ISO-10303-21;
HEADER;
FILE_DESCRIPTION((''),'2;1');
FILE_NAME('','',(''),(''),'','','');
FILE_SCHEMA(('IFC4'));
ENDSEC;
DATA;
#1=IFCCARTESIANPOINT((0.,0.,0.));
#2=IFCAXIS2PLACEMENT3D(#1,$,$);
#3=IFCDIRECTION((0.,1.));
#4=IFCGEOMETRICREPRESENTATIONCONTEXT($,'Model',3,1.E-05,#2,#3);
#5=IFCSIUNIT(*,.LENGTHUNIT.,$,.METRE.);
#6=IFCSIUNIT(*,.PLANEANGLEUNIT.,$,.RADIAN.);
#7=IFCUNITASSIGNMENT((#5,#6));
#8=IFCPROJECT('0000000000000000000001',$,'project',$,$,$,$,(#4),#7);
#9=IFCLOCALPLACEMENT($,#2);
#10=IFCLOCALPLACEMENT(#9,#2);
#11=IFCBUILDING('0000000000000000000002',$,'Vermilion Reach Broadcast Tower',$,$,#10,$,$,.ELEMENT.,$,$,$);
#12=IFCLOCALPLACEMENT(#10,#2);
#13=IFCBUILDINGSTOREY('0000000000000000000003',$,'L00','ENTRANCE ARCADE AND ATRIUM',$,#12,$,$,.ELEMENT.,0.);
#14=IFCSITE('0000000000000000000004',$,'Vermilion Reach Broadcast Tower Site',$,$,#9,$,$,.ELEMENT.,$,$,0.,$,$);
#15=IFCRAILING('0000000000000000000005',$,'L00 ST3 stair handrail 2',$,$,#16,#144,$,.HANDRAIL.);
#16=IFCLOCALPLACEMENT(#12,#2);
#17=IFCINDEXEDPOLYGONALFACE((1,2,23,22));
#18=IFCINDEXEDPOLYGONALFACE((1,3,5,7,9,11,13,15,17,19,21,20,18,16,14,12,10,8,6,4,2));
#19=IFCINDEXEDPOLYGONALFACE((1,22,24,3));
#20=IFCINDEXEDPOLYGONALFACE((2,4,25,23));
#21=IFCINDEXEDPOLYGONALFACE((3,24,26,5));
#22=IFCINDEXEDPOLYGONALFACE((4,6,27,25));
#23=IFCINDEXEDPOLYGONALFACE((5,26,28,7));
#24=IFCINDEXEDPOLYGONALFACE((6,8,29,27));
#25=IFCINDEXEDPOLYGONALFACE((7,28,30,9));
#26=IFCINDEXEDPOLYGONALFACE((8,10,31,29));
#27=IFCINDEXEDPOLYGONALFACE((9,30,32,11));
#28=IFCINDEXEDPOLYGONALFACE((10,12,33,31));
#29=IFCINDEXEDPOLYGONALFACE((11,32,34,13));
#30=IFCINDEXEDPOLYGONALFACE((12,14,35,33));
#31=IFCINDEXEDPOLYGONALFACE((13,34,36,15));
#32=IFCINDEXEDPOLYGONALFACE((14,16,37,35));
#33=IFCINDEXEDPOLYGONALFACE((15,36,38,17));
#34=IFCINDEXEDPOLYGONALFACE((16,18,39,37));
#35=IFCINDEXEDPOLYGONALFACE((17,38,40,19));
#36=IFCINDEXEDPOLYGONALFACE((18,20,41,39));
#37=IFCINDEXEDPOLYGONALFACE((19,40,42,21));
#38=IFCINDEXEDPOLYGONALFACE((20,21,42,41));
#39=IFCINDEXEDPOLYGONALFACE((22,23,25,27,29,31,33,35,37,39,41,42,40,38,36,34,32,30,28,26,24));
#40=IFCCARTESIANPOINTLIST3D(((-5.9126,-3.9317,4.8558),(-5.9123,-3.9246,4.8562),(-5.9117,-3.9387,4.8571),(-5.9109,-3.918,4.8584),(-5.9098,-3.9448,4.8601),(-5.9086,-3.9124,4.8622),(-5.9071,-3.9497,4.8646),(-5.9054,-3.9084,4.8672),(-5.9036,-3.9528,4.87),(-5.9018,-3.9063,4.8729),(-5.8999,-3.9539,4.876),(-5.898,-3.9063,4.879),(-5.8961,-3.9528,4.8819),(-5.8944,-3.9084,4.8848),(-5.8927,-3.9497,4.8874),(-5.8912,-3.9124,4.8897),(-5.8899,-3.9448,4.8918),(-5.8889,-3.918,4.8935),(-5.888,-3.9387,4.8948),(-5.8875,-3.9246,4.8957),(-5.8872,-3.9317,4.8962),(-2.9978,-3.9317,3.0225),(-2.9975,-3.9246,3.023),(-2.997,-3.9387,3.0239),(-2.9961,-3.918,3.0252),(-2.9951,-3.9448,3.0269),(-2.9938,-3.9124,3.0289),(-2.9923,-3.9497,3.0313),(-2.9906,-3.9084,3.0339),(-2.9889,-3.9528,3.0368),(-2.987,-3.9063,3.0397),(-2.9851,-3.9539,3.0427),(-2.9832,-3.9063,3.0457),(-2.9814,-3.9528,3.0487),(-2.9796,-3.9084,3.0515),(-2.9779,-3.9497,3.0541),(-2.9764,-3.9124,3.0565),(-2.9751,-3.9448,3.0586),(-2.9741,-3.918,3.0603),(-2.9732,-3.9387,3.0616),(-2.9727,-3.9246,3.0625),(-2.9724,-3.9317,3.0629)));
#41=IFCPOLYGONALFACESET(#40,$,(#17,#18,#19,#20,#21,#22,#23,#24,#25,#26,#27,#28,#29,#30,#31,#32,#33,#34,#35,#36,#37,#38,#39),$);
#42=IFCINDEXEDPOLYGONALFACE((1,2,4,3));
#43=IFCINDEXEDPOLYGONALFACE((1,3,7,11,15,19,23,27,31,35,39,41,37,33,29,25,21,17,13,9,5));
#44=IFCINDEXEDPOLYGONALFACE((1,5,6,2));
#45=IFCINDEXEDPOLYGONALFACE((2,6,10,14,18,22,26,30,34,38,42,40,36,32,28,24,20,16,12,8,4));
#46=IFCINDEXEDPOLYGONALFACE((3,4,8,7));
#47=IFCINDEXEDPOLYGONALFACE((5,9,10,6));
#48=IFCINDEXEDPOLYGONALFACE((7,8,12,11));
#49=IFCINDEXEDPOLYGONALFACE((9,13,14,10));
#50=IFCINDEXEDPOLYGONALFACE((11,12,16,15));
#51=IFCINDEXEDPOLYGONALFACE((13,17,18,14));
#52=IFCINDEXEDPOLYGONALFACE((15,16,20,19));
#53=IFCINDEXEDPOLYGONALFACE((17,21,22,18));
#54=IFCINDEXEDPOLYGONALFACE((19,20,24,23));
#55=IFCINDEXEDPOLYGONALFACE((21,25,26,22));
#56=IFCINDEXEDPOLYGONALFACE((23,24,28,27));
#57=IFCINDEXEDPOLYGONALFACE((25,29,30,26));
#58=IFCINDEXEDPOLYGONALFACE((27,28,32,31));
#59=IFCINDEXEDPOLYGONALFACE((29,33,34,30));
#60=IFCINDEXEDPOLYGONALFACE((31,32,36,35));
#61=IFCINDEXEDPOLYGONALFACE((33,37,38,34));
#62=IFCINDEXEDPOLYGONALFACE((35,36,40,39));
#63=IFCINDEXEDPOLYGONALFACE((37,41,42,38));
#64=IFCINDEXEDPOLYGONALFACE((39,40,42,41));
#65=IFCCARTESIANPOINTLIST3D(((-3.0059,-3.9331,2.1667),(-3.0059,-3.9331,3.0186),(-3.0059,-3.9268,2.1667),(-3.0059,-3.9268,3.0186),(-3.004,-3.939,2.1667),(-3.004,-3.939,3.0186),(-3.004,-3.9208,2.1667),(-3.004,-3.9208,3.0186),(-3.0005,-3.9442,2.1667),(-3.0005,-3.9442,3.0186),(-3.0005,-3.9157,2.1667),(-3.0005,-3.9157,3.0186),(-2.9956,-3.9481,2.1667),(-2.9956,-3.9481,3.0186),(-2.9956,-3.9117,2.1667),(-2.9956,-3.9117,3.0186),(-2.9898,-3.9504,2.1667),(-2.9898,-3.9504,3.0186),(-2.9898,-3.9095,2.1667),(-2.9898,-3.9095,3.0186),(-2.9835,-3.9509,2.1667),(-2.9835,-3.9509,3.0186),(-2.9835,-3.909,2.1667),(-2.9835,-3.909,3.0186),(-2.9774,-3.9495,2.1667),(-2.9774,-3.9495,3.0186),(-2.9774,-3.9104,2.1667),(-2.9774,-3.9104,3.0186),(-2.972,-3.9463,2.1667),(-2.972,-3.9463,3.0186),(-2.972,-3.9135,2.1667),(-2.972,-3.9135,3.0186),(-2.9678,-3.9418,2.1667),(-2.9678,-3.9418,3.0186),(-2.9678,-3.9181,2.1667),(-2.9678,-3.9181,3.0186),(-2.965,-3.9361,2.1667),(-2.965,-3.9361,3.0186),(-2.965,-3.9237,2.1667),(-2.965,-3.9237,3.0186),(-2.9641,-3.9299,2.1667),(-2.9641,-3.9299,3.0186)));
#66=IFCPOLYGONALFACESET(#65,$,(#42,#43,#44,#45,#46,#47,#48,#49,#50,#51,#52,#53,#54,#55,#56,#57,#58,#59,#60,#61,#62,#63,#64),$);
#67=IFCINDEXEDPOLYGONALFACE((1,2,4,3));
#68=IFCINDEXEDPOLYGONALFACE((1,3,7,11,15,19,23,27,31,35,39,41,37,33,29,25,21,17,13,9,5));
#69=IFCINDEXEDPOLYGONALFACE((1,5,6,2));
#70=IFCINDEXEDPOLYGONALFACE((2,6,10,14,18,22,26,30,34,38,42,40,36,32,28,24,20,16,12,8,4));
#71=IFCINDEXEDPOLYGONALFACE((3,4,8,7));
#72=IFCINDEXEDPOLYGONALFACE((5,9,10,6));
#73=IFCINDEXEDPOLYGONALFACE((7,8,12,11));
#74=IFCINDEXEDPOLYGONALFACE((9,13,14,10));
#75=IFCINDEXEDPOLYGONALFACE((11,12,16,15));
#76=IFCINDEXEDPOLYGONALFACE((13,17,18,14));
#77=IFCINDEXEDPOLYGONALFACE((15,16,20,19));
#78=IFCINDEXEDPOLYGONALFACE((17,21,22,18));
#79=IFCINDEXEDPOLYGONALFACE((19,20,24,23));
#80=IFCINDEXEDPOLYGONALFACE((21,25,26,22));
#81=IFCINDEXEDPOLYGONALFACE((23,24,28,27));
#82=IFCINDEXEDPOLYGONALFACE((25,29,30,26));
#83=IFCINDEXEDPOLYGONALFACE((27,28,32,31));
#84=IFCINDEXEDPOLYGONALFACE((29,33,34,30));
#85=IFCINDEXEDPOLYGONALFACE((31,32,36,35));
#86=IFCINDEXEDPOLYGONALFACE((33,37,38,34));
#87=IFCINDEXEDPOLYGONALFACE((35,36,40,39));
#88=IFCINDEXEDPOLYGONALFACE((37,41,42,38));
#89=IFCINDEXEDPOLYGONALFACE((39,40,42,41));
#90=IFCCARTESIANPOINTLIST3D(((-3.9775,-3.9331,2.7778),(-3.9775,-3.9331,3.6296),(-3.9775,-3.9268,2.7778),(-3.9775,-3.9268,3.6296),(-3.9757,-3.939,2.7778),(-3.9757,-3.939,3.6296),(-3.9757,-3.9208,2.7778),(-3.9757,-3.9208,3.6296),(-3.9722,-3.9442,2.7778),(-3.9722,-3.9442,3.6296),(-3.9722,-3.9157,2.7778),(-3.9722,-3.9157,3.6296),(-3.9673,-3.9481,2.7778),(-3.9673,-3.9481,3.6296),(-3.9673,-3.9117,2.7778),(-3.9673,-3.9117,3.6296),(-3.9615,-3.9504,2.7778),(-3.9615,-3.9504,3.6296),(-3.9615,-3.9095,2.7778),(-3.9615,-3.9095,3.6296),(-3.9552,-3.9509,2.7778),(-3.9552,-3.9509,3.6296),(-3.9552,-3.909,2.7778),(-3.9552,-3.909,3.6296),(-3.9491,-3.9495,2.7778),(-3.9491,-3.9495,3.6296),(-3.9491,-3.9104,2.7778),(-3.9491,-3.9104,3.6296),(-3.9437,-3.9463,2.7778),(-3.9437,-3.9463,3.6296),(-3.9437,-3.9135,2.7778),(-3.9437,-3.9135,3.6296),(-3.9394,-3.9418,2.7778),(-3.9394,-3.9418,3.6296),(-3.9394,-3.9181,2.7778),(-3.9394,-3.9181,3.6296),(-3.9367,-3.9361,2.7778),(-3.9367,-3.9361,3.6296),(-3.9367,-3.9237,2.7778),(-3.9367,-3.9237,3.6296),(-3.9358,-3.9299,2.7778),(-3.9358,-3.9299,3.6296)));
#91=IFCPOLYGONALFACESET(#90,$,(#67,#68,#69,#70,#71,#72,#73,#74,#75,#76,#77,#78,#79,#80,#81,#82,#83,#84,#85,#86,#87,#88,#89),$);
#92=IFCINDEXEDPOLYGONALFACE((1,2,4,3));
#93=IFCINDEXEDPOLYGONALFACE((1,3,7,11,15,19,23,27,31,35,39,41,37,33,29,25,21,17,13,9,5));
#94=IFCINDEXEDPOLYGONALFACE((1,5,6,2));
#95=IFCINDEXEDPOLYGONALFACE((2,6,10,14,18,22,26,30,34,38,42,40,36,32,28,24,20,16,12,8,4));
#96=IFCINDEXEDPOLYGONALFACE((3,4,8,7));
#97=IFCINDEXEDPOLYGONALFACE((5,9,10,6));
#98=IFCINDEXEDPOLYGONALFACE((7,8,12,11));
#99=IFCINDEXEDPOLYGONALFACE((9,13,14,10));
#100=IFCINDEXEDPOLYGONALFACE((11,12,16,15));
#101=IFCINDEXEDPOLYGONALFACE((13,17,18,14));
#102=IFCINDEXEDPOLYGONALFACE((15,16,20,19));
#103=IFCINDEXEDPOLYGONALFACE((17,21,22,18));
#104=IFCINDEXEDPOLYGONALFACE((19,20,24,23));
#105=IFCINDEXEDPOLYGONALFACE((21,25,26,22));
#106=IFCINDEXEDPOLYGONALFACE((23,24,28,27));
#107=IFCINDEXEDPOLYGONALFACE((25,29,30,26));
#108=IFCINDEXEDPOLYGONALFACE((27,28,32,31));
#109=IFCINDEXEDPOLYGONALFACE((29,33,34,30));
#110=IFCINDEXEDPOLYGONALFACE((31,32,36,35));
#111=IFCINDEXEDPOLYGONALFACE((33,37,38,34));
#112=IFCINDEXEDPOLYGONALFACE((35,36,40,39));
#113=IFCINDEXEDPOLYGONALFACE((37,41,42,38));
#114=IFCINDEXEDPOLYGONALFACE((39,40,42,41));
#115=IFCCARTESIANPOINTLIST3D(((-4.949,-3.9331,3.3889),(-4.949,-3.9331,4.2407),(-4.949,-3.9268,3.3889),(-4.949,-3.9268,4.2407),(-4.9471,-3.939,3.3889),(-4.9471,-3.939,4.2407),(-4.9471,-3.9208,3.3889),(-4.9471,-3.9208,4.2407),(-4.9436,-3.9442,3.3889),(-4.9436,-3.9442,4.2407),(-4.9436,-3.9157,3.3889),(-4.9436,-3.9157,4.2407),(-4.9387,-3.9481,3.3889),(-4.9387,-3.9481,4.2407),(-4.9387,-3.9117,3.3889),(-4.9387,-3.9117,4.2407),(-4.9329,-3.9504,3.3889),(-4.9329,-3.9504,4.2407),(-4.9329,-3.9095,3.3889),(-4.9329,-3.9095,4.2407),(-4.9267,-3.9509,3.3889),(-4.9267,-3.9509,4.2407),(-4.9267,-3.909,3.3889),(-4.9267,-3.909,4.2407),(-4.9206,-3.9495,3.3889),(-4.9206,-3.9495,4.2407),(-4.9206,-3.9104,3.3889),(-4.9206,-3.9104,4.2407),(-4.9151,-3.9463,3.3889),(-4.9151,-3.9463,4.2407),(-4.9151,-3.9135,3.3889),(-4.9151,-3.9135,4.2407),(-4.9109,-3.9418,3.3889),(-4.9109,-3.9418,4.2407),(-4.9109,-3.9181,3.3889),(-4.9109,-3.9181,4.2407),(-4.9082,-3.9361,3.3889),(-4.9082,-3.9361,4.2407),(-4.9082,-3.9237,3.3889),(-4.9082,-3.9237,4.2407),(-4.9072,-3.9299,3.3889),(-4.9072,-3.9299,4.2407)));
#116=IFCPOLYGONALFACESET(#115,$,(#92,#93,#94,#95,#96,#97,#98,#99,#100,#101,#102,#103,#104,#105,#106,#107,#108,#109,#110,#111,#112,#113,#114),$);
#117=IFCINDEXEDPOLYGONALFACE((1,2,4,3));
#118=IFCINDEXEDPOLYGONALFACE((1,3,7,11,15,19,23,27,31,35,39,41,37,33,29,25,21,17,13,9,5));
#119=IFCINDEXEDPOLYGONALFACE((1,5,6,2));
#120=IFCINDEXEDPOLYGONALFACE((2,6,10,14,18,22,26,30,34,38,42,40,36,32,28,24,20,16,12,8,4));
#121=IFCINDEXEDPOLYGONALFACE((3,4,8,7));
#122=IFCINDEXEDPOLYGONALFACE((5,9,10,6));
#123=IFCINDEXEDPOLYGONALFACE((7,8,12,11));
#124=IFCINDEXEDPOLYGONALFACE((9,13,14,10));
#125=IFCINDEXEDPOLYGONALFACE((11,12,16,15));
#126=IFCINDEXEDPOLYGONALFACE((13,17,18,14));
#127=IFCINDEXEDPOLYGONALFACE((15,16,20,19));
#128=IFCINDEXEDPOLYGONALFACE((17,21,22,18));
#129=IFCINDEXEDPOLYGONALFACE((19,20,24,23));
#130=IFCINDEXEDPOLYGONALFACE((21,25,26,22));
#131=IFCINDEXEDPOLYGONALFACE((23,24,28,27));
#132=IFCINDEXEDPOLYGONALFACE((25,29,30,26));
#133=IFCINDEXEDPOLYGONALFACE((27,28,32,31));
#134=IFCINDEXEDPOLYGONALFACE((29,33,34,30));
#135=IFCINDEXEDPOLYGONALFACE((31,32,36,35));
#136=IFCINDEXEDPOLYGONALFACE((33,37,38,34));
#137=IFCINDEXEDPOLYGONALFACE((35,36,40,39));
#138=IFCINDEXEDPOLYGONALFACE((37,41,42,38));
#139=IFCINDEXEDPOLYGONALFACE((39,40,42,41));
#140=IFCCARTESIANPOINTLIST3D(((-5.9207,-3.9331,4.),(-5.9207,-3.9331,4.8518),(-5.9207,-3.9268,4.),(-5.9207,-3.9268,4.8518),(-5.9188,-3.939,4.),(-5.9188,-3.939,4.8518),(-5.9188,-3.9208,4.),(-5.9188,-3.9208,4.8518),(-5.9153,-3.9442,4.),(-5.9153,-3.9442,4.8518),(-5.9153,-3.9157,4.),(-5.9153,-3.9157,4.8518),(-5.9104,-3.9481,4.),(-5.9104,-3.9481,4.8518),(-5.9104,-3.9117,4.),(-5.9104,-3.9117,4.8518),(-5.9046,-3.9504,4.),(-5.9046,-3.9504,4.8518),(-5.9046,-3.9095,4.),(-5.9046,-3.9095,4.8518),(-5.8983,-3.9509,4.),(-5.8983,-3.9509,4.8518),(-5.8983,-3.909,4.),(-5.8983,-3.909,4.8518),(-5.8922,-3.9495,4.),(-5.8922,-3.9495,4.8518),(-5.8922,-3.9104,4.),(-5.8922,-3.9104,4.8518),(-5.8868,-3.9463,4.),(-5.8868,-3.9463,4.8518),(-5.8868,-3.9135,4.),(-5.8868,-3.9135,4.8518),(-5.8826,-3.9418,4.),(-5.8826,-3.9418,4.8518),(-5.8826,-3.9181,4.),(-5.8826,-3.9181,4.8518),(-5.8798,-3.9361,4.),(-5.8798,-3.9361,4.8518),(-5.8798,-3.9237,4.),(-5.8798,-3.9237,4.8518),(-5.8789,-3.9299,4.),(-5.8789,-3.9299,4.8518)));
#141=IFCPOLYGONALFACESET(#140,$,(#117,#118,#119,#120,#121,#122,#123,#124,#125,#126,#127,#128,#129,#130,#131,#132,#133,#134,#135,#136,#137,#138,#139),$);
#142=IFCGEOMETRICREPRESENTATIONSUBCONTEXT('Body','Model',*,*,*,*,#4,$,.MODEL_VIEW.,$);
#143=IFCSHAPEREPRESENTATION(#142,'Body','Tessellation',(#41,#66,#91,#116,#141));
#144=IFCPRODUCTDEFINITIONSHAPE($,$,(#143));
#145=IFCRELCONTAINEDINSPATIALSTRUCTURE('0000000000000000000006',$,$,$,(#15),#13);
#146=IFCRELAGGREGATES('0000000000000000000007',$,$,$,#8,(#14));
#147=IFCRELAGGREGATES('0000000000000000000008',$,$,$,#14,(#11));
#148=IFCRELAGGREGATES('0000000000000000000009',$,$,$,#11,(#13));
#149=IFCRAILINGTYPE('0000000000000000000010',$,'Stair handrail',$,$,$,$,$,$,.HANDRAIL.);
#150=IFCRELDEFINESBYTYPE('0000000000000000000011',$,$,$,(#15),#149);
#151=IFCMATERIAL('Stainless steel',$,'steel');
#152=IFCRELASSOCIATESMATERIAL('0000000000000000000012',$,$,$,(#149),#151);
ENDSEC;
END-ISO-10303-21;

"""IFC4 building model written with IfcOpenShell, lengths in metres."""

from ifc_helpers import new_model, si_unit, direction, frame, origin, origin_2d, place, context, subcontext, project, spatial, circle, extrude, material, type_object, element, save


model = new_model("IFC4")

# Units and contexts
model_context = context("Model", 3, precision=1e-05, world=origin(), true_north=direction((0.0, 1.0)))
body_context = subcontext(model_context, "Body", "Model", "MODEL_VIEW")
ifc_project = project(units=[si_unit("LENGTHUNIT", "METRE"), si_unit("PLANEANGLEUNIT", "RADIAN")], contexts=[model_context])

# Site, building, storey
site_placement = place(None, origin())
site = spatial("IfcSite", under=ifc_project, at=site_placement, Name="Vermilion Reach Broadcast Tower Site", CompositionType="ELEMENT", RefElevation=0.0)
building_placement = place(site_placement, origin())
building = spatial("IfcBuilding", under=site, at=building_placement, Name="Vermilion Reach Broadcast Tower", CompositionType="ELEMENT")
storey_placement = place(building_placement, origin())
storey = spatial("IfcBuildingStorey", under=building, at=storey_placement, Name="L00", Description="ENTRANCE ARCADE AND ATRIUM", CompositionType="ELEMENT", Elevation=0.0)

# Railing
ifc_material_1 = material(Name="Stainless steel", Category="steel")
railing_type_1 = type_object("IfcRailingType", Name="Stair handrail", PredefinedType="HANDRAIL", material=ifc_material_1)
railing_1_placement = place(storey_placement, frame((-2.9851, -3.9299, 2.1667)))
element("IfcRailing", 1, at=railing_1_placement, inside=storey, type_object=railing_type_1, Name="L00 ST3 stair handrail 2", PredefinedType="HANDRAIL", context=body_context, shape_type="SweptSolid", body=[
    extrude(circle(Radius=0.0239, at=origin_2d()), frame((0.0, 0.0, 0.876), z_axis=(-0.846493, 0.0, 0.532399), x_axis=(0.0, -1.0, 0.0)), (0.0, 0.0, 1.0), 3.4434),
    extrude(circle(Radius=0.021, at=origin_2d()), origin(), (0.0, 0.0, 1.0), 0.8518),
    extrude(circle(Radius=0.021, at=origin_2d()), frame((-0.9717, 0.0, 0.6111)), (0.0, 0.0, 1.0), 0.8518),
    extrude(circle(Radius=0.021, at=origin_2d()), frame((-1.9431, 0.0, 1.2222)), (0.0, 0.0, 1.0), 0.8518),
    extrude(circle(Radius=0.021, at=origin_2d()), frame((-2.9148, 0.0, 1.8333)), (0.0, 0.0, 1.0), 0.8518),
])

save(model, "model.ifc")
